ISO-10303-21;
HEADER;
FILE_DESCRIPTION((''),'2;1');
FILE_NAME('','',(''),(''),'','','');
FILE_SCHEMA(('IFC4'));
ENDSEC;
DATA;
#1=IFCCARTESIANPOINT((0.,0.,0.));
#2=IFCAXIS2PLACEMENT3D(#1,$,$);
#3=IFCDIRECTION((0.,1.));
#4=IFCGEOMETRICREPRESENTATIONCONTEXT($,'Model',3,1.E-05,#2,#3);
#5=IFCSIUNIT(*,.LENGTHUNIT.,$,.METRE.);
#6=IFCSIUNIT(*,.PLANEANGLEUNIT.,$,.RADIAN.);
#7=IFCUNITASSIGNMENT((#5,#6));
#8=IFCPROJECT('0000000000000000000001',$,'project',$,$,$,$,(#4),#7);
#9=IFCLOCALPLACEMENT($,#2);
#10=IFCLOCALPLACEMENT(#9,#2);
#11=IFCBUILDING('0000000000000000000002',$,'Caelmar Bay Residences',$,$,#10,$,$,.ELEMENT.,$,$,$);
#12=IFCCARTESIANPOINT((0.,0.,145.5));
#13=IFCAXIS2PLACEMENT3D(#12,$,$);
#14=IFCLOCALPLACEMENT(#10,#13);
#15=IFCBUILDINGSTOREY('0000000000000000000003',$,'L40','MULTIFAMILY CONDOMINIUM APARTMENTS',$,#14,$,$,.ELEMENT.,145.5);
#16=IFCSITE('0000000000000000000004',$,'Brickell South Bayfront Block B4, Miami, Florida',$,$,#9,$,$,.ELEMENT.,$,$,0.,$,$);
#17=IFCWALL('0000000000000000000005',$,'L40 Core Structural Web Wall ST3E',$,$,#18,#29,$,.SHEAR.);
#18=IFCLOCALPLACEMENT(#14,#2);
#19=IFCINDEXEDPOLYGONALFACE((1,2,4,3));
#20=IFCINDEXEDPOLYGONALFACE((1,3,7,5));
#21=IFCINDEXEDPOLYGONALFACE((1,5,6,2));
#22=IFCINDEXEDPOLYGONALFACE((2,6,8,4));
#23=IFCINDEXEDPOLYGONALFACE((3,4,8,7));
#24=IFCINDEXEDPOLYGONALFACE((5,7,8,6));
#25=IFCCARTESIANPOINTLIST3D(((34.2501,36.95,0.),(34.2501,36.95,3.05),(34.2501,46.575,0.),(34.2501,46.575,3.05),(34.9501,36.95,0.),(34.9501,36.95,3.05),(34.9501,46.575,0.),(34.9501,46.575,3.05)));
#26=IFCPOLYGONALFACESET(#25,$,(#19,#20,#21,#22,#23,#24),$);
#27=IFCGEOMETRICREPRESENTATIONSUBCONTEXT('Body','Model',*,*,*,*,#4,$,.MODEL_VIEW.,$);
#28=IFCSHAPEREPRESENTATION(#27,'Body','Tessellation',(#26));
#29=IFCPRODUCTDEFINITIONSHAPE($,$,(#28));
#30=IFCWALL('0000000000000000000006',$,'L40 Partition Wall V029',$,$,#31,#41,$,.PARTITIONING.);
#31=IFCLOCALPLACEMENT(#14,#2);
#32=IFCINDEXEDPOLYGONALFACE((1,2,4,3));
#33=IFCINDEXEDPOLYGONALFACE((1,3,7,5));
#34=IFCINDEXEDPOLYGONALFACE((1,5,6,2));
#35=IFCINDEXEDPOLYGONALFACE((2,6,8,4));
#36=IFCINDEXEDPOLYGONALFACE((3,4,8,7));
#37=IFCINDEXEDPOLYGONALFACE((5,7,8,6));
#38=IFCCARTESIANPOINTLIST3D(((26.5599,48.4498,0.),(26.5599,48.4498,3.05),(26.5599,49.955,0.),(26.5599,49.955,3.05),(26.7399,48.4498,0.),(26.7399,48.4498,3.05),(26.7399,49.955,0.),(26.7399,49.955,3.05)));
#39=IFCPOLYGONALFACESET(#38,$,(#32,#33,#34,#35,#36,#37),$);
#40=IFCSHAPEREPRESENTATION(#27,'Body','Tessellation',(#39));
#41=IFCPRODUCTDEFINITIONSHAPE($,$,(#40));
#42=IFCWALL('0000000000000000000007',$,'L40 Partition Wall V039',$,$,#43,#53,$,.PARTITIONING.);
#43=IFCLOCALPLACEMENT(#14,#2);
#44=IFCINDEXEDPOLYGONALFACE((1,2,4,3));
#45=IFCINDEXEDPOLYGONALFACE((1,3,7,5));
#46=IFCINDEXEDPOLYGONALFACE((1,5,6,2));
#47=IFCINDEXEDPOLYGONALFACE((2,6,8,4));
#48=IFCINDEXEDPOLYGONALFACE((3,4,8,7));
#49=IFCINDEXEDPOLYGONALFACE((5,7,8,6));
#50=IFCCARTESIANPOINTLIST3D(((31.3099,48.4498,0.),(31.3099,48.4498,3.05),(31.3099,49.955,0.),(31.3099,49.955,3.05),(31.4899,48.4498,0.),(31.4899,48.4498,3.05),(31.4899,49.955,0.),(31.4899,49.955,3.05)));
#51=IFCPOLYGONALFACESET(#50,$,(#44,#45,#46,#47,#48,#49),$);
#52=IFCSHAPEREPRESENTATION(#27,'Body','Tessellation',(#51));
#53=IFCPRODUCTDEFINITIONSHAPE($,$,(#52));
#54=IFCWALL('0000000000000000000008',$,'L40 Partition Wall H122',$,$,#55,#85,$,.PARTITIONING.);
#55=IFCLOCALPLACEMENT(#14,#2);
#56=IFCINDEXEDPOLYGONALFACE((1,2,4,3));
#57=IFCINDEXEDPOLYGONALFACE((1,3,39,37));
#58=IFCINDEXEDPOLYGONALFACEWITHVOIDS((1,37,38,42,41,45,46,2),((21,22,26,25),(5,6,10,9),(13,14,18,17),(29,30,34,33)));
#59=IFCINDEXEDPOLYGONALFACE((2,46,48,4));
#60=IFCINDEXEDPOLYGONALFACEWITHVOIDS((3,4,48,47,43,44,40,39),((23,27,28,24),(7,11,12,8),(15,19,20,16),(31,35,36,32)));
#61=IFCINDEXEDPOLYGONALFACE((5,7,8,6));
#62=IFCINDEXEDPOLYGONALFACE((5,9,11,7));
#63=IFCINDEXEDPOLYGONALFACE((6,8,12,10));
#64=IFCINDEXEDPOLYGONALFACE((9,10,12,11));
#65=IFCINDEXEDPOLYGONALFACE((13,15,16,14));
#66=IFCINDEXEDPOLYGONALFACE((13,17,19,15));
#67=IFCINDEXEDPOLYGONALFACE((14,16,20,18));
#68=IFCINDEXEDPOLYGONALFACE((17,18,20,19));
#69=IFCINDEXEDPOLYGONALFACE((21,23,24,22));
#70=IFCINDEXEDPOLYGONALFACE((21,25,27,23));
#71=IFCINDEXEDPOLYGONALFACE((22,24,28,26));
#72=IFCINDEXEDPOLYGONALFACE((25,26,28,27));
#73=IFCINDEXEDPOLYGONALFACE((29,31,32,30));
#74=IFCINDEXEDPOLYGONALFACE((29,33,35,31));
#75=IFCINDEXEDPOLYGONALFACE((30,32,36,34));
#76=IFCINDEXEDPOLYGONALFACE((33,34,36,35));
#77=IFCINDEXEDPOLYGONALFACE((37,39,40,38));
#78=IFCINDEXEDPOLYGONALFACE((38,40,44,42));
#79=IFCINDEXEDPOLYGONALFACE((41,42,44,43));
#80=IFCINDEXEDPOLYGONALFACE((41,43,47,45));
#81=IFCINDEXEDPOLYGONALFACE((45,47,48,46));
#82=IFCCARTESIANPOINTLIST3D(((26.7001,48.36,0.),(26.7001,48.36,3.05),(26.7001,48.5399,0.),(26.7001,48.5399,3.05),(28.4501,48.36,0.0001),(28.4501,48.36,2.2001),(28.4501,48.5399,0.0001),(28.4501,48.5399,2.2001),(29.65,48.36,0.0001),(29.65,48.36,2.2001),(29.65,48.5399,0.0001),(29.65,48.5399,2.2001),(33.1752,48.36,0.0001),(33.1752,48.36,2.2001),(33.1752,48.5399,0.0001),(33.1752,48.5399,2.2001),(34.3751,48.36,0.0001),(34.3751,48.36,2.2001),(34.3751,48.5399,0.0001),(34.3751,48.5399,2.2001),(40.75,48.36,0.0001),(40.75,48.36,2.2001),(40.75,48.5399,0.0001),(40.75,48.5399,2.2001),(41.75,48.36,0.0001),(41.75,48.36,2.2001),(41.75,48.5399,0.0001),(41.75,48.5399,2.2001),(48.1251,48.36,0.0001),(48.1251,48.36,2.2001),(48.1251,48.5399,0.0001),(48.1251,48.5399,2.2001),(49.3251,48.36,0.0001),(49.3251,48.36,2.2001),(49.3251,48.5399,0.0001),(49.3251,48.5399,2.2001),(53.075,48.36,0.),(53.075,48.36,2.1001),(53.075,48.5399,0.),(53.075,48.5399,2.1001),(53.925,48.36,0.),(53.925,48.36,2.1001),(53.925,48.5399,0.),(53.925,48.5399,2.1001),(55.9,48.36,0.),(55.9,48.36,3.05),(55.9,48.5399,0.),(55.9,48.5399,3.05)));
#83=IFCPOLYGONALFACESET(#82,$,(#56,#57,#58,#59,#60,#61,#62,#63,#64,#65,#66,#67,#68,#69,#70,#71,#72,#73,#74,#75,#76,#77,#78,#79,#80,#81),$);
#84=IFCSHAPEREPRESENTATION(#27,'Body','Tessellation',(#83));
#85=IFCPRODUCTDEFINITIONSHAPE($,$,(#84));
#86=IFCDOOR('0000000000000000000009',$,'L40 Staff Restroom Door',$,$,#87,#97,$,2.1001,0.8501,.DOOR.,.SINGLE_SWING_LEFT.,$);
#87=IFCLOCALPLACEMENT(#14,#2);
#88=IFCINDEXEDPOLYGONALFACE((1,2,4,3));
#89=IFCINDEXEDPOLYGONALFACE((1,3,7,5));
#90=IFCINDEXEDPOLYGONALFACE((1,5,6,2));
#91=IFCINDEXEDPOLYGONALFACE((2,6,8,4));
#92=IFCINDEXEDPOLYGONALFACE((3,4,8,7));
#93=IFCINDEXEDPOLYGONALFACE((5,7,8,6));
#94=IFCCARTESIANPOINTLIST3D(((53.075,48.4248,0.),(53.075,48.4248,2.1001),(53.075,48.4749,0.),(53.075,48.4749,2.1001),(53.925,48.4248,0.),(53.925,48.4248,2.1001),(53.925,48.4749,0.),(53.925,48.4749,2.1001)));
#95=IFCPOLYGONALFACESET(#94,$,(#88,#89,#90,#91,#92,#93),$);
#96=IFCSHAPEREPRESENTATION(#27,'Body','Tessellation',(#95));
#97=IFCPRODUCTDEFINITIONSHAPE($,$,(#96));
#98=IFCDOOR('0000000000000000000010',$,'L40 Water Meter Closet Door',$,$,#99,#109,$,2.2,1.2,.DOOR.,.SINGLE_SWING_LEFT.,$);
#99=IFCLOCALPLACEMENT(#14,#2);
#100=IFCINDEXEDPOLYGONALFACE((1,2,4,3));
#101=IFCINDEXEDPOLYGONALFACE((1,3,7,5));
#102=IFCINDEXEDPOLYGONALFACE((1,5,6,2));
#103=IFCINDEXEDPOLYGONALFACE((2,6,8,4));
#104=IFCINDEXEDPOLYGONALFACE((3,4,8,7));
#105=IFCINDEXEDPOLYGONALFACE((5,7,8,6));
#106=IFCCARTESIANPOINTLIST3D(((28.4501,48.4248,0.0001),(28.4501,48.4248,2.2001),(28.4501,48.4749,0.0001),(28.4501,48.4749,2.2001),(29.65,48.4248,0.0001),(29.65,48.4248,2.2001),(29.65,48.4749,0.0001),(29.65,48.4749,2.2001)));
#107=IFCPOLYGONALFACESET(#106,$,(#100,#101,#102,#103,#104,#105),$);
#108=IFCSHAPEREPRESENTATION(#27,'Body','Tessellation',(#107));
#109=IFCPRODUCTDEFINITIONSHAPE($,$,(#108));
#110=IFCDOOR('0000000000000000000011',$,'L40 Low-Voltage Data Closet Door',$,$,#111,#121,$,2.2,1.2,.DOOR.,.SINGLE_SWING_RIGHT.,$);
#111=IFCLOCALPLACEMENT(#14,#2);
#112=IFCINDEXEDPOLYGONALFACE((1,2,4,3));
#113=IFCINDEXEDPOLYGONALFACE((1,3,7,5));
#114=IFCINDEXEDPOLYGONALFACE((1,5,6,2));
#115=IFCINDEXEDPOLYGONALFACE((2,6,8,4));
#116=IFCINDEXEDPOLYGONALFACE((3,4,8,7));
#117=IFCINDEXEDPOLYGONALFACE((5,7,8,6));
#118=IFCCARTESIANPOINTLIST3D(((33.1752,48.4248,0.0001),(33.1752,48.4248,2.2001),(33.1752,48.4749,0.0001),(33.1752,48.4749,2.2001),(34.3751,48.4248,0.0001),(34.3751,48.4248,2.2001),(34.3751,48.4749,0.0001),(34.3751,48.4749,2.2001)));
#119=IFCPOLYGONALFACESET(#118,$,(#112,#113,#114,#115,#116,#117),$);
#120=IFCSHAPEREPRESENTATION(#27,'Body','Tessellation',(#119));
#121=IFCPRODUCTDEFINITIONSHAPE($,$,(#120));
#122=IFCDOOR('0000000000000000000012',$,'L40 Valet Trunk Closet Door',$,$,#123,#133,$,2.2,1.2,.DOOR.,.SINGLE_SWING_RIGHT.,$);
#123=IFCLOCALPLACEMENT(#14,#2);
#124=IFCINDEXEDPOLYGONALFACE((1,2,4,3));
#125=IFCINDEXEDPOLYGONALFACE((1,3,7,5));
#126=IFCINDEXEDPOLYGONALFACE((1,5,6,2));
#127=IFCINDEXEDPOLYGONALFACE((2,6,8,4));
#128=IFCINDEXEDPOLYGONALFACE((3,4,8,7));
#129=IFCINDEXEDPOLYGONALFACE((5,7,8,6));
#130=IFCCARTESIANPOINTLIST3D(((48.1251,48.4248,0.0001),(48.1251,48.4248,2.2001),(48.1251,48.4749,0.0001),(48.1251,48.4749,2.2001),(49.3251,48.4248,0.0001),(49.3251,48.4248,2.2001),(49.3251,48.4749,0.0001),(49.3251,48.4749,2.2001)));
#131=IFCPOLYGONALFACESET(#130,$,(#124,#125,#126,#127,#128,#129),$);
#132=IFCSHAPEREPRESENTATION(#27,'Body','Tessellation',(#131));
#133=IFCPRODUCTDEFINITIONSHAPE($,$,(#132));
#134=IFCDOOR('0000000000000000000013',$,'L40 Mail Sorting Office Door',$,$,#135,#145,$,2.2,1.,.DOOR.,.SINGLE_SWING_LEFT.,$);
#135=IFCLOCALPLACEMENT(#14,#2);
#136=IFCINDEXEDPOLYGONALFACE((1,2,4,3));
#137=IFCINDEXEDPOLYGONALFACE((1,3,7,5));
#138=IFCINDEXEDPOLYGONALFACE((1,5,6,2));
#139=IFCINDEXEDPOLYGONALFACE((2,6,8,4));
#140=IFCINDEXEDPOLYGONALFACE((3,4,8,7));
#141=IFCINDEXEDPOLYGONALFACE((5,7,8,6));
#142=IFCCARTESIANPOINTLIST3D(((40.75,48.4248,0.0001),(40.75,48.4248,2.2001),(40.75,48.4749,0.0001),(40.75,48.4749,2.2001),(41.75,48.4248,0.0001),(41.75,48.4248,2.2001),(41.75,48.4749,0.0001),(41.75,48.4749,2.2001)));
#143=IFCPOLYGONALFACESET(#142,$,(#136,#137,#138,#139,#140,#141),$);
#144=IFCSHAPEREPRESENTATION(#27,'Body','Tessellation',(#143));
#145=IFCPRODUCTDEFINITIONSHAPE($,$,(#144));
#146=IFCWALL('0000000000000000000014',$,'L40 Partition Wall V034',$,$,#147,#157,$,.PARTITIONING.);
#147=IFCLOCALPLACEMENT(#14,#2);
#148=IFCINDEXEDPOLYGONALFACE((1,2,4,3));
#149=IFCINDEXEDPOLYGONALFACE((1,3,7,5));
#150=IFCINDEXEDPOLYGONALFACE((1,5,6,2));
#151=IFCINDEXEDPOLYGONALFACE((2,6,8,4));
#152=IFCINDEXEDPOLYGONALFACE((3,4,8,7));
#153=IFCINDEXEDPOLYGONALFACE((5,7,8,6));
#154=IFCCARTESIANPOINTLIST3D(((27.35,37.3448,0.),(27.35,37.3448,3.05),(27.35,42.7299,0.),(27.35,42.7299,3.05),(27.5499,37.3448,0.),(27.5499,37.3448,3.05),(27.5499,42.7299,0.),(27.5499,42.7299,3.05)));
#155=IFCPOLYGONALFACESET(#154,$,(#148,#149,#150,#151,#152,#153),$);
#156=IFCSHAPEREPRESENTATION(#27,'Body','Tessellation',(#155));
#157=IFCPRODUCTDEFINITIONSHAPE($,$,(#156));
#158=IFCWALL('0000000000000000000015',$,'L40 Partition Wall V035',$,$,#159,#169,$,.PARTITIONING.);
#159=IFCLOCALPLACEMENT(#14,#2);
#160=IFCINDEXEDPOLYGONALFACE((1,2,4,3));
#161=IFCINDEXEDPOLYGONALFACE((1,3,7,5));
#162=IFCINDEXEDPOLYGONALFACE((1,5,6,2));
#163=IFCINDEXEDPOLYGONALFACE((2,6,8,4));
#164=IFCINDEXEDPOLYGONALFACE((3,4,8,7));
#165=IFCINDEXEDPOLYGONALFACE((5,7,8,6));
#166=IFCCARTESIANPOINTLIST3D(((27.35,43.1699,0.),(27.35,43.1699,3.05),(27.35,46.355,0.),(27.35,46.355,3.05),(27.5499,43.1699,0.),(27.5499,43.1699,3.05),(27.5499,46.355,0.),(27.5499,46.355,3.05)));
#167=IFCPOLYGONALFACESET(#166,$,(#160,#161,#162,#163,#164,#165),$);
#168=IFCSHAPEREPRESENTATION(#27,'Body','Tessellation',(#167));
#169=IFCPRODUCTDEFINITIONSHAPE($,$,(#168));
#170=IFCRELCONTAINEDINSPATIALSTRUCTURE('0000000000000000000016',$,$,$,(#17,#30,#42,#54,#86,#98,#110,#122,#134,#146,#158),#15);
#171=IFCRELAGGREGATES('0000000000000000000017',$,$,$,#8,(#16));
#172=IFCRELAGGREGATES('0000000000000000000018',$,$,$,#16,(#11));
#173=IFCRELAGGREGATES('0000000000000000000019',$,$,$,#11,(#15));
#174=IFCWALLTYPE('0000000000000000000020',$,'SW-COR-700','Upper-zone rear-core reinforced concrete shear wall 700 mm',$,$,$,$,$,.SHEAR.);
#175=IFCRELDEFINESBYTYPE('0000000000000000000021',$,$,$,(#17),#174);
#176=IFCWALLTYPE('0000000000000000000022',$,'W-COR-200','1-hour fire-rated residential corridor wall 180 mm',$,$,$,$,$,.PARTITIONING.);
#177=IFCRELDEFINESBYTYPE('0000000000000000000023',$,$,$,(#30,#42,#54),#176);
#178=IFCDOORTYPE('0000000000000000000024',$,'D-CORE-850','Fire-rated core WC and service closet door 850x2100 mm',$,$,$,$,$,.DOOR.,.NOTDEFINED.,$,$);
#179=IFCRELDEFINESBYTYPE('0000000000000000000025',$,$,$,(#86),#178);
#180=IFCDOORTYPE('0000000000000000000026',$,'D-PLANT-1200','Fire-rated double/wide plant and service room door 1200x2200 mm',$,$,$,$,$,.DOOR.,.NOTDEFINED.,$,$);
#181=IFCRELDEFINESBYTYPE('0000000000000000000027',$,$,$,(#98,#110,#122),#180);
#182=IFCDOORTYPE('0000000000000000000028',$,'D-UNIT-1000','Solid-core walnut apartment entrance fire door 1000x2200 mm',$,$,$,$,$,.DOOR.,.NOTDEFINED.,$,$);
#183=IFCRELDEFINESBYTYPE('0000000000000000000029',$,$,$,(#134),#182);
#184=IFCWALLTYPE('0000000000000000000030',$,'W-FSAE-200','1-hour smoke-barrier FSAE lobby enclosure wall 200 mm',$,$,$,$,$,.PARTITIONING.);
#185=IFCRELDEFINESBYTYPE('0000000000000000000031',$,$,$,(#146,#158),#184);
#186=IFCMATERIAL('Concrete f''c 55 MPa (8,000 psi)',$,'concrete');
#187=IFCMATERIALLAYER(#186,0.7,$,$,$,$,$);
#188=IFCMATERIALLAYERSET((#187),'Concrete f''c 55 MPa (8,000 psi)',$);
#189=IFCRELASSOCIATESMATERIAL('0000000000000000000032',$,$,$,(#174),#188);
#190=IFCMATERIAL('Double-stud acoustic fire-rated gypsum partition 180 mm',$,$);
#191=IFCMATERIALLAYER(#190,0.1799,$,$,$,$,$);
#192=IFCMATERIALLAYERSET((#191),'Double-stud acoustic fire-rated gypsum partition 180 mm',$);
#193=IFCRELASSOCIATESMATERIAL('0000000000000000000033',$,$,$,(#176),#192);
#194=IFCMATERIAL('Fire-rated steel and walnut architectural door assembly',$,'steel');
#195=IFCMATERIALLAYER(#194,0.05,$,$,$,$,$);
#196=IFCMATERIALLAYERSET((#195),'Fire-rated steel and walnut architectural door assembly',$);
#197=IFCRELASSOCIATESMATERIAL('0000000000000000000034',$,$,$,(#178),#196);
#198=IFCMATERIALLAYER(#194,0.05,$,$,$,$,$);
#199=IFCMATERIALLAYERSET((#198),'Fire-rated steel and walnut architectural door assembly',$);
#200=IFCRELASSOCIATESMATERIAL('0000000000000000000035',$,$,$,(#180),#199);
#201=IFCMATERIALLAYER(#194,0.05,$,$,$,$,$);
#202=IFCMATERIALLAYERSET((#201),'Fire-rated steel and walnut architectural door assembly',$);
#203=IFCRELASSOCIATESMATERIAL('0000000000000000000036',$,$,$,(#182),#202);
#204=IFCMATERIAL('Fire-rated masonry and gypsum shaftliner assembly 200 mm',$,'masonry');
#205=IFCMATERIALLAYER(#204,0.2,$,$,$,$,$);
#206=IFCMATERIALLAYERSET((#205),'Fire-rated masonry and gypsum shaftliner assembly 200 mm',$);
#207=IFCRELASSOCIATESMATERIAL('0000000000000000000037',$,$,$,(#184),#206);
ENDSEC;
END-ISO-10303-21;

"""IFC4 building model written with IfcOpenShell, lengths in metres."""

from ifc_helpers import new_model, si_unit, direction, frame, frame_2d, origin, place, context, subcontext, project, spatial, rectangle, extrude, material, layer, layer_set, type_object, element, fill, save


model = new_model("IFC4")

# Units and contexts
model_context = context("Model", 3, precision=1e-05, world=origin(), true_north=direction((0.0, 1.0)))
body_context = subcontext(model_context, "Body", "Model", "MODEL_VIEW")
ifc_project = project(units=[si_unit("LENGTHUNIT", "METRE"), si_unit("PLANEANGLEUNIT", "RADIAN")], contexts=[model_context])

# Site, building, storey
site_placement = place(None, origin())
site = spatial("IfcSite", under=ifc_project, at=site_placement, Name="Brickell South Bayfront Block B4, Miami, Florida", CompositionType="ELEMENT", RefElevation=0.0)
building_placement = place(site_placement, origin())
building = spatial("IfcBuilding", under=site, at=building_placement, Name="Caelmar Bay Residences", CompositionType="ELEMENT")
storey_placement = place(building_placement, frame((0.0, 0.0, 145.5)))
storey = spatial("IfcBuildingStorey", under=building, at=storey_placement, Name="L40", Description="MULTIFAMILY CONDOMINIUM APARTMENTS", CompositionType="ELEMENT", Elevation=145.5)

# Walls
ifc_material_1 = material(Name="Concrete f'c 55 MPa (8,000 psi)", Category="concrete")
ifc_layer_1 = layer(ifc_material_1, 0.7)
ifc_layer_set_1 = layer_set([ifc_layer_1], Name="Concrete f'c 55 MPa (8,000 psi)")
wall_type_1 = type_object("IfcWallType", Name="SW-COR-700", Description="Upper-zone rear-core reinforced concrete shear wall 700 mm", PredefinedType="SHEAR", material=ifc_layer_set_1)
wall_1_placement = place(storey_placement, frame((34.6001, 36.95, 0.0), z_axis=(0.0, 0.0, 1.0), x_axis=(0.0, 1.0, 0.0)))
element("IfcWall", 1, at=wall_1_placement, inside=storey, type_object=wall_type_1, Name="L40 Core Structural Web Wall ST3E", PredefinedType="SHEAR", context=body_context, shape_type="SweptSolid", body=[
    extrude(rectangle(XDim=9.625, YDim=0.7, at=frame_2d((4.8125, 0.0))), origin(), (0.0, 0.0, 1.0), 3.05),
])
ifc_material_2 = material(Name="Double-stud acoustic fire-rated gypsum partition 180 mm")
ifc_layer_2 = layer(ifc_material_2, 0.1799)
ifc_layer_set_2 = layer_set([ifc_layer_2], Name="Double-stud acoustic fire-rated gypsum partition 180 mm")
wall_type_2 = type_object("IfcWallType", Name="W-COR-200", Description="1-hour fire-rated residential corridor wall 180 mm", PredefinedType="PARTITIONING", material=ifc_layer_set_2)
for number, where, z_axis, x_axis, name in (
    (2, (26.6499, 48.45, 0.0), (0.0, 0.0, 1.0), (0.0, 1.0, 0.0), "L40 Partition Wall V029"),
    (3, (31.3999, 48.45, 0.0), (0.0, 0.0, 1.0), (0.0, 1.0, 0.0), "L40 Partition Wall V039"),
):
    element("IfcWall", number, at=place(storey_placement, frame(where, z_axis=z_axis, x_axis=x_axis)), inside=storey, type_object=wall_type_2, Name=name, PredefinedType="PARTITIONING", context=body_context, shape_type="SweptSolid", body=[
        extrude(rectangle(XDim=1.5051, YDim=0.1799, at=frame_2d((0.7524, 0.0))), origin(), (0.0, 0.0, 1.0), 3.05),
    ])

# Wall, openings, doors
wall_2_placement = place(storey_placement, frame((26.7, 48.45, 0.0), z_axis=(0.0, 0.0, 1.0), x_axis=(1.0, 0.0, 0.0)))
wall_2 = element("IfcWall", 4, at=wall_2_placement, inside=storey, type_object=wall_type_2, Name="L40 Partition Wall H122", PredefinedType="PARTITIONING", context=body_context, shape_type="SweptSolid", body=[
    extrude(rectangle(XDim=29.2, YDim=0.1799, at=frame_2d((14.6001, 0.0))), origin(), (0.0, 0.0, 1.0), 3.05),
])
opening_1_placement = place(wall_2_placement, frame((1.75, 0.0, 0.0)))
opening_1 = element("IfcOpeningElement", 5, at=opening_1_placement, cuts=wall_2, PredefinedType="OPENING", context=body_context, shape_type="SweptSolid", body=[
    extrude(rectangle(XDim=1.2, YDim=2.2, at=frame_2d((0.6001, 1.1001))), frame((0.0, 0.0999, 0.0), z_axis=(0.0, -1.0, 0.0), x_axis=(1.0, 0.0, 0.0)), (0.0, 0.0, 1.0), 0.2),
])
opening_2_placement = place(wall_2_placement, frame((6.4751, 0.0, 0.0)))
opening_2 = element("IfcOpeningElement", 6, at=opening_2_placement, cuts=wall_2, PredefinedType="OPENING", context=body_context, shape_type="SweptSolid", body=[
    extrude(rectangle(XDim=1.2, YDim=2.2, at=frame_2d((0.6001, 1.1001))), frame((0.0, 0.0999, 0.0), z_axis=(0.0, -1.0, 0.0), x_axis=(1.0, 0.0, 0.0)), (0.0, 0.0, 1.0), 0.2),
])
opening_3_placement = place(wall_2_placement, frame((14.05, 0.0, 0.0)))
opening_3 = element("IfcOpeningElement", 7, at=opening_3_placement, cuts=wall_2, PredefinedType="OPENING", context=body_context, shape_type="SweptSolid", body=[
    extrude(rectangle(XDim=1.0, YDim=2.2, at=frame_2d((0.5, 1.1001))), frame((0.0, 0.0999, 0.0), z_axis=(0.0, -1.0, 0.0), x_axis=(1.0, 0.0, 0.0)), (0.0, 0.0, 1.0), 0.2),
])
opening_4_placement = place(wall_2_placement, frame((21.425, 0.0, 0.0)))
opening_4 = element("IfcOpeningElement", 8, at=opening_4_placement, cuts=wall_2, PredefinedType="OPENING", context=body_context, shape_type="SweptSolid", body=[
    extrude(rectangle(XDim=1.2, YDim=2.2, at=frame_2d((0.6001, 1.1001))), frame((0.0, 0.0999, 0.0), z_axis=(0.0, -1.0, 0.0), x_axis=(1.0, 0.0, 0.0)), (0.0, 0.0, 1.0), 0.2),
])
opening_5_placement = place(wall_2_placement, frame((26.375, 0.0, 0.0)))
opening_5 = element("IfcOpeningElement", 9, at=opening_5_placement, cuts=wall_2, PredefinedType="OPENING", context=body_context, shape_type="SweptSolid", body=[
    extrude(rectangle(XDim=0.8501, YDim=2.1001, at=frame_2d((0.425, 1.05))), frame((0.0, 0.0999, 0.0), z_axis=(0.0, -1.0, 0.0), x_axis=(1.0, 0.0, 0.0)), (0.0, 0.0, 1.0), 0.2),
])
ifc_material_3 = material(Name="Fire-rated steel and walnut architectural door assembly", Category="steel")
ifc_layer_3 = layer(ifc_material_3, 0.05)
ifc_layer_set_3 = layer_set([ifc_layer_3], Name="Fire-rated steel and walnut architectural door assembly")
door_type_1 = type_object("IfcDoorType", Name="D-CORE-850", Description="Fire-rated core WC and service closet door 850x2100 mm", OperationType="NOTDEFINED", PredefinedType="DOOR", material=ifc_layer_set_3)
door_1_placement = place(opening_5_placement, origin())
door_1 = element("IfcDoor", 10, at=door_1_placement, inside=storey, type_object=door_type_1, Name="L40 Staff Restroom Door", OperationType="SINGLE_SWING_LEFT", OverallHeight=2.1001, OverallWidth=0.8501, PredefinedType="DOOR", context=body_context, shape_type="SweptSolid", body=[
    extrude(rectangle(XDim=0.8501, YDim=2.1001, at=frame_2d((0.425, 1.05))), frame((0.0, 0.0249, 0.0), z_axis=(0.0, -1.0, 0.0), x_axis=(1.0, 0.0, 0.0)), (0.0, 0.0, 1.0), 0.05),
])
fill(opening_5, door_1)
ifc_layer_4 = layer(ifc_material_3, 0.05)
ifc_layer_set_4 = layer_set([ifc_layer_4], Name="Fire-rated steel and walnut architectural door assembly")
door_type_2 = type_object("IfcDoorType", Name="D-PLANT-1200", Description="Fire-rated double/wide plant and service room door 1200x2200 mm", OperationType="NOTDEFINED", PredefinedType="DOOR", material=ifc_layer_set_4)
door_2_placement = place(opening_1_placement, origin())
door_2 = element("IfcDoor", 11, at=door_2_placement, inside=storey, type_object=door_type_2, Name="L40 Water Meter Closet Door", OperationType="SINGLE_SWING_LEFT", OverallHeight=2.2, OverallWidth=1.2, PredefinedType="DOOR", context=body_context, shape_type="SweptSolid", body=[
    extrude(rectangle(XDim=1.2, YDim=2.2, at=frame_2d((0.6001, 1.1001))), frame((0.0, 0.0249, 0.0), z_axis=(0.0, -1.0, 0.0), x_axis=(1.0, 0.0, 0.0)), (0.0, 0.0, 1.0), 0.05),
])
fill(opening_1, door_2)
door_3_placement = place(opening_2_placement, origin())
door_3 = element("IfcDoor", 12, at=door_3_placement, inside=storey, type_object=door_type_2, Name="L40 Low-Voltage Data Closet Door", OperationType="SINGLE_SWING_RIGHT", OverallHeight=2.2, OverallWidth=1.2, PredefinedType="DOOR", context=body_context, shape_type="SweptSolid", body=[
    extrude(rectangle(XDim=1.2, YDim=2.2, at=frame_2d((0.6001, 1.1001))), frame((0.0, 0.0249, 0.0), z_axis=(0.0, -1.0, 0.0), x_axis=(1.0, 0.0, 0.0)), (0.0, 0.0, 1.0), 0.05),
])
fill(opening_2, door_3)
door_4_placement = place(opening_4_placement, origin())
door_4 = element("IfcDoor", 13, at=door_4_placement, inside=storey, type_object=door_type_2, Name="L40 Valet Trunk Closet Door", OperationType="SINGLE_SWING_RIGHT", OverallHeight=2.2, OverallWidth=1.2, PredefinedType="DOOR", context=body_context, shape_type="SweptSolid", body=[
    extrude(rectangle(XDim=1.2, YDim=2.2, at=frame_2d((0.6001, 1.1001))), frame((0.0, 0.0249, 0.0), z_axis=(0.0, -1.0, 0.0), x_axis=(1.0, 0.0, 0.0)), (0.0, 0.0, 1.0), 0.05),
])
fill(opening_4, door_4)
ifc_layer_5 = layer(ifc_material_3, 0.05)
ifc_layer_set_5 = layer_set([ifc_layer_5], Name="Fire-rated steel and walnut architectural door assembly")
door_type_3 = type_object("IfcDoorType", Name="D-UNIT-1000", Description="Solid-core walnut apartment entrance fire door 1000x2200 mm", OperationType="NOTDEFINED", PredefinedType="DOOR", material=ifc_layer_set_5)
door_5_placement = place(opening_3_placement, origin())
door_5 = element("IfcDoor", 14, at=door_5_placement, inside=storey, type_object=door_type_3, Name="L40 Mail Sorting Office Door", OperationType="SINGLE_SWING_LEFT", OverallHeight=2.2, OverallWidth=1.0, PredefinedType="DOOR", context=body_context, shape_type="SweptSolid", body=[
    extrude(rectangle(XDim=1.0, YDim=2.2, at=frame_2d((0.5, 1.1001))), frame((0.0, 0.0249, 0.0), z_axis=(0.0, -1.0, 0.0), x_axis=(1.0, 0.0, 0.0)), (0.0, 0.0, 1.0), 0.05),
])
fill(opening_3, door_5)

# Walls
ifc_material_4 = material(Name="Fire-rated masonry and gypsum shaftliner assembly 200 mm", Category="masonry")
ifc_layer_6 = layer(ifc_material_4, 0.2)
ifc_layer_set_6 = layer_set([ifc_layer_6], Name="Fire-rated masonry and gypsum shaftliner assembly 200 mm")
wall_type_3 = type_object("IfcWallType", Name="W-FSAE-200", Description="1-hour smoke-barrier FSAE lobby enclosure wall 200 mm", PredefinedType="PARTITIONING", material=ifc_layer_set_6)
wall_3_placement = place(storey_placement, frame((27.45, 37.345, 0.0), z_axis=(0.0, 0.0, 1.0), x_axis=(0.0, 1.0, 0.0)))
element("IfcWall", 15, at=wall_3_placement, inside=storey, type_object=wall_type_3, Name="L40 Partition Wall V034", PredefinedType="PARTITIONING", context=body_context, shape_type="SweptSolid", body=[
    extrude(rectangle(XDim=5.385, YDim=0.2, at=frame_2d((2.6924, 0.0))), origin(), (0.0, 0.0, 1.0), 3.05),
])
wall_4_placement = place(storey_placement, frame((27.45, 43.1699, 0.0), z_axis=(0.0, 0.0, 1.0), x_axis=(0.0, 1.0, 0.0)))
element("IfcWall", 16, at=wall_4_placement, inside=storey, type_object=wall_type_3, Name="L40 Partition Wall V035", PredefinedType="PARTITIONING", context=body_context, shape_type="SweptSolid", body=[
    extrude(rectangle(XDim=3.1851, YDim=0.2, at=frame_2d((1.5925, 0.0))), origin(), (0.0, 0.0, 1.0), 3.05),
])

save(model, "model.ifc")
